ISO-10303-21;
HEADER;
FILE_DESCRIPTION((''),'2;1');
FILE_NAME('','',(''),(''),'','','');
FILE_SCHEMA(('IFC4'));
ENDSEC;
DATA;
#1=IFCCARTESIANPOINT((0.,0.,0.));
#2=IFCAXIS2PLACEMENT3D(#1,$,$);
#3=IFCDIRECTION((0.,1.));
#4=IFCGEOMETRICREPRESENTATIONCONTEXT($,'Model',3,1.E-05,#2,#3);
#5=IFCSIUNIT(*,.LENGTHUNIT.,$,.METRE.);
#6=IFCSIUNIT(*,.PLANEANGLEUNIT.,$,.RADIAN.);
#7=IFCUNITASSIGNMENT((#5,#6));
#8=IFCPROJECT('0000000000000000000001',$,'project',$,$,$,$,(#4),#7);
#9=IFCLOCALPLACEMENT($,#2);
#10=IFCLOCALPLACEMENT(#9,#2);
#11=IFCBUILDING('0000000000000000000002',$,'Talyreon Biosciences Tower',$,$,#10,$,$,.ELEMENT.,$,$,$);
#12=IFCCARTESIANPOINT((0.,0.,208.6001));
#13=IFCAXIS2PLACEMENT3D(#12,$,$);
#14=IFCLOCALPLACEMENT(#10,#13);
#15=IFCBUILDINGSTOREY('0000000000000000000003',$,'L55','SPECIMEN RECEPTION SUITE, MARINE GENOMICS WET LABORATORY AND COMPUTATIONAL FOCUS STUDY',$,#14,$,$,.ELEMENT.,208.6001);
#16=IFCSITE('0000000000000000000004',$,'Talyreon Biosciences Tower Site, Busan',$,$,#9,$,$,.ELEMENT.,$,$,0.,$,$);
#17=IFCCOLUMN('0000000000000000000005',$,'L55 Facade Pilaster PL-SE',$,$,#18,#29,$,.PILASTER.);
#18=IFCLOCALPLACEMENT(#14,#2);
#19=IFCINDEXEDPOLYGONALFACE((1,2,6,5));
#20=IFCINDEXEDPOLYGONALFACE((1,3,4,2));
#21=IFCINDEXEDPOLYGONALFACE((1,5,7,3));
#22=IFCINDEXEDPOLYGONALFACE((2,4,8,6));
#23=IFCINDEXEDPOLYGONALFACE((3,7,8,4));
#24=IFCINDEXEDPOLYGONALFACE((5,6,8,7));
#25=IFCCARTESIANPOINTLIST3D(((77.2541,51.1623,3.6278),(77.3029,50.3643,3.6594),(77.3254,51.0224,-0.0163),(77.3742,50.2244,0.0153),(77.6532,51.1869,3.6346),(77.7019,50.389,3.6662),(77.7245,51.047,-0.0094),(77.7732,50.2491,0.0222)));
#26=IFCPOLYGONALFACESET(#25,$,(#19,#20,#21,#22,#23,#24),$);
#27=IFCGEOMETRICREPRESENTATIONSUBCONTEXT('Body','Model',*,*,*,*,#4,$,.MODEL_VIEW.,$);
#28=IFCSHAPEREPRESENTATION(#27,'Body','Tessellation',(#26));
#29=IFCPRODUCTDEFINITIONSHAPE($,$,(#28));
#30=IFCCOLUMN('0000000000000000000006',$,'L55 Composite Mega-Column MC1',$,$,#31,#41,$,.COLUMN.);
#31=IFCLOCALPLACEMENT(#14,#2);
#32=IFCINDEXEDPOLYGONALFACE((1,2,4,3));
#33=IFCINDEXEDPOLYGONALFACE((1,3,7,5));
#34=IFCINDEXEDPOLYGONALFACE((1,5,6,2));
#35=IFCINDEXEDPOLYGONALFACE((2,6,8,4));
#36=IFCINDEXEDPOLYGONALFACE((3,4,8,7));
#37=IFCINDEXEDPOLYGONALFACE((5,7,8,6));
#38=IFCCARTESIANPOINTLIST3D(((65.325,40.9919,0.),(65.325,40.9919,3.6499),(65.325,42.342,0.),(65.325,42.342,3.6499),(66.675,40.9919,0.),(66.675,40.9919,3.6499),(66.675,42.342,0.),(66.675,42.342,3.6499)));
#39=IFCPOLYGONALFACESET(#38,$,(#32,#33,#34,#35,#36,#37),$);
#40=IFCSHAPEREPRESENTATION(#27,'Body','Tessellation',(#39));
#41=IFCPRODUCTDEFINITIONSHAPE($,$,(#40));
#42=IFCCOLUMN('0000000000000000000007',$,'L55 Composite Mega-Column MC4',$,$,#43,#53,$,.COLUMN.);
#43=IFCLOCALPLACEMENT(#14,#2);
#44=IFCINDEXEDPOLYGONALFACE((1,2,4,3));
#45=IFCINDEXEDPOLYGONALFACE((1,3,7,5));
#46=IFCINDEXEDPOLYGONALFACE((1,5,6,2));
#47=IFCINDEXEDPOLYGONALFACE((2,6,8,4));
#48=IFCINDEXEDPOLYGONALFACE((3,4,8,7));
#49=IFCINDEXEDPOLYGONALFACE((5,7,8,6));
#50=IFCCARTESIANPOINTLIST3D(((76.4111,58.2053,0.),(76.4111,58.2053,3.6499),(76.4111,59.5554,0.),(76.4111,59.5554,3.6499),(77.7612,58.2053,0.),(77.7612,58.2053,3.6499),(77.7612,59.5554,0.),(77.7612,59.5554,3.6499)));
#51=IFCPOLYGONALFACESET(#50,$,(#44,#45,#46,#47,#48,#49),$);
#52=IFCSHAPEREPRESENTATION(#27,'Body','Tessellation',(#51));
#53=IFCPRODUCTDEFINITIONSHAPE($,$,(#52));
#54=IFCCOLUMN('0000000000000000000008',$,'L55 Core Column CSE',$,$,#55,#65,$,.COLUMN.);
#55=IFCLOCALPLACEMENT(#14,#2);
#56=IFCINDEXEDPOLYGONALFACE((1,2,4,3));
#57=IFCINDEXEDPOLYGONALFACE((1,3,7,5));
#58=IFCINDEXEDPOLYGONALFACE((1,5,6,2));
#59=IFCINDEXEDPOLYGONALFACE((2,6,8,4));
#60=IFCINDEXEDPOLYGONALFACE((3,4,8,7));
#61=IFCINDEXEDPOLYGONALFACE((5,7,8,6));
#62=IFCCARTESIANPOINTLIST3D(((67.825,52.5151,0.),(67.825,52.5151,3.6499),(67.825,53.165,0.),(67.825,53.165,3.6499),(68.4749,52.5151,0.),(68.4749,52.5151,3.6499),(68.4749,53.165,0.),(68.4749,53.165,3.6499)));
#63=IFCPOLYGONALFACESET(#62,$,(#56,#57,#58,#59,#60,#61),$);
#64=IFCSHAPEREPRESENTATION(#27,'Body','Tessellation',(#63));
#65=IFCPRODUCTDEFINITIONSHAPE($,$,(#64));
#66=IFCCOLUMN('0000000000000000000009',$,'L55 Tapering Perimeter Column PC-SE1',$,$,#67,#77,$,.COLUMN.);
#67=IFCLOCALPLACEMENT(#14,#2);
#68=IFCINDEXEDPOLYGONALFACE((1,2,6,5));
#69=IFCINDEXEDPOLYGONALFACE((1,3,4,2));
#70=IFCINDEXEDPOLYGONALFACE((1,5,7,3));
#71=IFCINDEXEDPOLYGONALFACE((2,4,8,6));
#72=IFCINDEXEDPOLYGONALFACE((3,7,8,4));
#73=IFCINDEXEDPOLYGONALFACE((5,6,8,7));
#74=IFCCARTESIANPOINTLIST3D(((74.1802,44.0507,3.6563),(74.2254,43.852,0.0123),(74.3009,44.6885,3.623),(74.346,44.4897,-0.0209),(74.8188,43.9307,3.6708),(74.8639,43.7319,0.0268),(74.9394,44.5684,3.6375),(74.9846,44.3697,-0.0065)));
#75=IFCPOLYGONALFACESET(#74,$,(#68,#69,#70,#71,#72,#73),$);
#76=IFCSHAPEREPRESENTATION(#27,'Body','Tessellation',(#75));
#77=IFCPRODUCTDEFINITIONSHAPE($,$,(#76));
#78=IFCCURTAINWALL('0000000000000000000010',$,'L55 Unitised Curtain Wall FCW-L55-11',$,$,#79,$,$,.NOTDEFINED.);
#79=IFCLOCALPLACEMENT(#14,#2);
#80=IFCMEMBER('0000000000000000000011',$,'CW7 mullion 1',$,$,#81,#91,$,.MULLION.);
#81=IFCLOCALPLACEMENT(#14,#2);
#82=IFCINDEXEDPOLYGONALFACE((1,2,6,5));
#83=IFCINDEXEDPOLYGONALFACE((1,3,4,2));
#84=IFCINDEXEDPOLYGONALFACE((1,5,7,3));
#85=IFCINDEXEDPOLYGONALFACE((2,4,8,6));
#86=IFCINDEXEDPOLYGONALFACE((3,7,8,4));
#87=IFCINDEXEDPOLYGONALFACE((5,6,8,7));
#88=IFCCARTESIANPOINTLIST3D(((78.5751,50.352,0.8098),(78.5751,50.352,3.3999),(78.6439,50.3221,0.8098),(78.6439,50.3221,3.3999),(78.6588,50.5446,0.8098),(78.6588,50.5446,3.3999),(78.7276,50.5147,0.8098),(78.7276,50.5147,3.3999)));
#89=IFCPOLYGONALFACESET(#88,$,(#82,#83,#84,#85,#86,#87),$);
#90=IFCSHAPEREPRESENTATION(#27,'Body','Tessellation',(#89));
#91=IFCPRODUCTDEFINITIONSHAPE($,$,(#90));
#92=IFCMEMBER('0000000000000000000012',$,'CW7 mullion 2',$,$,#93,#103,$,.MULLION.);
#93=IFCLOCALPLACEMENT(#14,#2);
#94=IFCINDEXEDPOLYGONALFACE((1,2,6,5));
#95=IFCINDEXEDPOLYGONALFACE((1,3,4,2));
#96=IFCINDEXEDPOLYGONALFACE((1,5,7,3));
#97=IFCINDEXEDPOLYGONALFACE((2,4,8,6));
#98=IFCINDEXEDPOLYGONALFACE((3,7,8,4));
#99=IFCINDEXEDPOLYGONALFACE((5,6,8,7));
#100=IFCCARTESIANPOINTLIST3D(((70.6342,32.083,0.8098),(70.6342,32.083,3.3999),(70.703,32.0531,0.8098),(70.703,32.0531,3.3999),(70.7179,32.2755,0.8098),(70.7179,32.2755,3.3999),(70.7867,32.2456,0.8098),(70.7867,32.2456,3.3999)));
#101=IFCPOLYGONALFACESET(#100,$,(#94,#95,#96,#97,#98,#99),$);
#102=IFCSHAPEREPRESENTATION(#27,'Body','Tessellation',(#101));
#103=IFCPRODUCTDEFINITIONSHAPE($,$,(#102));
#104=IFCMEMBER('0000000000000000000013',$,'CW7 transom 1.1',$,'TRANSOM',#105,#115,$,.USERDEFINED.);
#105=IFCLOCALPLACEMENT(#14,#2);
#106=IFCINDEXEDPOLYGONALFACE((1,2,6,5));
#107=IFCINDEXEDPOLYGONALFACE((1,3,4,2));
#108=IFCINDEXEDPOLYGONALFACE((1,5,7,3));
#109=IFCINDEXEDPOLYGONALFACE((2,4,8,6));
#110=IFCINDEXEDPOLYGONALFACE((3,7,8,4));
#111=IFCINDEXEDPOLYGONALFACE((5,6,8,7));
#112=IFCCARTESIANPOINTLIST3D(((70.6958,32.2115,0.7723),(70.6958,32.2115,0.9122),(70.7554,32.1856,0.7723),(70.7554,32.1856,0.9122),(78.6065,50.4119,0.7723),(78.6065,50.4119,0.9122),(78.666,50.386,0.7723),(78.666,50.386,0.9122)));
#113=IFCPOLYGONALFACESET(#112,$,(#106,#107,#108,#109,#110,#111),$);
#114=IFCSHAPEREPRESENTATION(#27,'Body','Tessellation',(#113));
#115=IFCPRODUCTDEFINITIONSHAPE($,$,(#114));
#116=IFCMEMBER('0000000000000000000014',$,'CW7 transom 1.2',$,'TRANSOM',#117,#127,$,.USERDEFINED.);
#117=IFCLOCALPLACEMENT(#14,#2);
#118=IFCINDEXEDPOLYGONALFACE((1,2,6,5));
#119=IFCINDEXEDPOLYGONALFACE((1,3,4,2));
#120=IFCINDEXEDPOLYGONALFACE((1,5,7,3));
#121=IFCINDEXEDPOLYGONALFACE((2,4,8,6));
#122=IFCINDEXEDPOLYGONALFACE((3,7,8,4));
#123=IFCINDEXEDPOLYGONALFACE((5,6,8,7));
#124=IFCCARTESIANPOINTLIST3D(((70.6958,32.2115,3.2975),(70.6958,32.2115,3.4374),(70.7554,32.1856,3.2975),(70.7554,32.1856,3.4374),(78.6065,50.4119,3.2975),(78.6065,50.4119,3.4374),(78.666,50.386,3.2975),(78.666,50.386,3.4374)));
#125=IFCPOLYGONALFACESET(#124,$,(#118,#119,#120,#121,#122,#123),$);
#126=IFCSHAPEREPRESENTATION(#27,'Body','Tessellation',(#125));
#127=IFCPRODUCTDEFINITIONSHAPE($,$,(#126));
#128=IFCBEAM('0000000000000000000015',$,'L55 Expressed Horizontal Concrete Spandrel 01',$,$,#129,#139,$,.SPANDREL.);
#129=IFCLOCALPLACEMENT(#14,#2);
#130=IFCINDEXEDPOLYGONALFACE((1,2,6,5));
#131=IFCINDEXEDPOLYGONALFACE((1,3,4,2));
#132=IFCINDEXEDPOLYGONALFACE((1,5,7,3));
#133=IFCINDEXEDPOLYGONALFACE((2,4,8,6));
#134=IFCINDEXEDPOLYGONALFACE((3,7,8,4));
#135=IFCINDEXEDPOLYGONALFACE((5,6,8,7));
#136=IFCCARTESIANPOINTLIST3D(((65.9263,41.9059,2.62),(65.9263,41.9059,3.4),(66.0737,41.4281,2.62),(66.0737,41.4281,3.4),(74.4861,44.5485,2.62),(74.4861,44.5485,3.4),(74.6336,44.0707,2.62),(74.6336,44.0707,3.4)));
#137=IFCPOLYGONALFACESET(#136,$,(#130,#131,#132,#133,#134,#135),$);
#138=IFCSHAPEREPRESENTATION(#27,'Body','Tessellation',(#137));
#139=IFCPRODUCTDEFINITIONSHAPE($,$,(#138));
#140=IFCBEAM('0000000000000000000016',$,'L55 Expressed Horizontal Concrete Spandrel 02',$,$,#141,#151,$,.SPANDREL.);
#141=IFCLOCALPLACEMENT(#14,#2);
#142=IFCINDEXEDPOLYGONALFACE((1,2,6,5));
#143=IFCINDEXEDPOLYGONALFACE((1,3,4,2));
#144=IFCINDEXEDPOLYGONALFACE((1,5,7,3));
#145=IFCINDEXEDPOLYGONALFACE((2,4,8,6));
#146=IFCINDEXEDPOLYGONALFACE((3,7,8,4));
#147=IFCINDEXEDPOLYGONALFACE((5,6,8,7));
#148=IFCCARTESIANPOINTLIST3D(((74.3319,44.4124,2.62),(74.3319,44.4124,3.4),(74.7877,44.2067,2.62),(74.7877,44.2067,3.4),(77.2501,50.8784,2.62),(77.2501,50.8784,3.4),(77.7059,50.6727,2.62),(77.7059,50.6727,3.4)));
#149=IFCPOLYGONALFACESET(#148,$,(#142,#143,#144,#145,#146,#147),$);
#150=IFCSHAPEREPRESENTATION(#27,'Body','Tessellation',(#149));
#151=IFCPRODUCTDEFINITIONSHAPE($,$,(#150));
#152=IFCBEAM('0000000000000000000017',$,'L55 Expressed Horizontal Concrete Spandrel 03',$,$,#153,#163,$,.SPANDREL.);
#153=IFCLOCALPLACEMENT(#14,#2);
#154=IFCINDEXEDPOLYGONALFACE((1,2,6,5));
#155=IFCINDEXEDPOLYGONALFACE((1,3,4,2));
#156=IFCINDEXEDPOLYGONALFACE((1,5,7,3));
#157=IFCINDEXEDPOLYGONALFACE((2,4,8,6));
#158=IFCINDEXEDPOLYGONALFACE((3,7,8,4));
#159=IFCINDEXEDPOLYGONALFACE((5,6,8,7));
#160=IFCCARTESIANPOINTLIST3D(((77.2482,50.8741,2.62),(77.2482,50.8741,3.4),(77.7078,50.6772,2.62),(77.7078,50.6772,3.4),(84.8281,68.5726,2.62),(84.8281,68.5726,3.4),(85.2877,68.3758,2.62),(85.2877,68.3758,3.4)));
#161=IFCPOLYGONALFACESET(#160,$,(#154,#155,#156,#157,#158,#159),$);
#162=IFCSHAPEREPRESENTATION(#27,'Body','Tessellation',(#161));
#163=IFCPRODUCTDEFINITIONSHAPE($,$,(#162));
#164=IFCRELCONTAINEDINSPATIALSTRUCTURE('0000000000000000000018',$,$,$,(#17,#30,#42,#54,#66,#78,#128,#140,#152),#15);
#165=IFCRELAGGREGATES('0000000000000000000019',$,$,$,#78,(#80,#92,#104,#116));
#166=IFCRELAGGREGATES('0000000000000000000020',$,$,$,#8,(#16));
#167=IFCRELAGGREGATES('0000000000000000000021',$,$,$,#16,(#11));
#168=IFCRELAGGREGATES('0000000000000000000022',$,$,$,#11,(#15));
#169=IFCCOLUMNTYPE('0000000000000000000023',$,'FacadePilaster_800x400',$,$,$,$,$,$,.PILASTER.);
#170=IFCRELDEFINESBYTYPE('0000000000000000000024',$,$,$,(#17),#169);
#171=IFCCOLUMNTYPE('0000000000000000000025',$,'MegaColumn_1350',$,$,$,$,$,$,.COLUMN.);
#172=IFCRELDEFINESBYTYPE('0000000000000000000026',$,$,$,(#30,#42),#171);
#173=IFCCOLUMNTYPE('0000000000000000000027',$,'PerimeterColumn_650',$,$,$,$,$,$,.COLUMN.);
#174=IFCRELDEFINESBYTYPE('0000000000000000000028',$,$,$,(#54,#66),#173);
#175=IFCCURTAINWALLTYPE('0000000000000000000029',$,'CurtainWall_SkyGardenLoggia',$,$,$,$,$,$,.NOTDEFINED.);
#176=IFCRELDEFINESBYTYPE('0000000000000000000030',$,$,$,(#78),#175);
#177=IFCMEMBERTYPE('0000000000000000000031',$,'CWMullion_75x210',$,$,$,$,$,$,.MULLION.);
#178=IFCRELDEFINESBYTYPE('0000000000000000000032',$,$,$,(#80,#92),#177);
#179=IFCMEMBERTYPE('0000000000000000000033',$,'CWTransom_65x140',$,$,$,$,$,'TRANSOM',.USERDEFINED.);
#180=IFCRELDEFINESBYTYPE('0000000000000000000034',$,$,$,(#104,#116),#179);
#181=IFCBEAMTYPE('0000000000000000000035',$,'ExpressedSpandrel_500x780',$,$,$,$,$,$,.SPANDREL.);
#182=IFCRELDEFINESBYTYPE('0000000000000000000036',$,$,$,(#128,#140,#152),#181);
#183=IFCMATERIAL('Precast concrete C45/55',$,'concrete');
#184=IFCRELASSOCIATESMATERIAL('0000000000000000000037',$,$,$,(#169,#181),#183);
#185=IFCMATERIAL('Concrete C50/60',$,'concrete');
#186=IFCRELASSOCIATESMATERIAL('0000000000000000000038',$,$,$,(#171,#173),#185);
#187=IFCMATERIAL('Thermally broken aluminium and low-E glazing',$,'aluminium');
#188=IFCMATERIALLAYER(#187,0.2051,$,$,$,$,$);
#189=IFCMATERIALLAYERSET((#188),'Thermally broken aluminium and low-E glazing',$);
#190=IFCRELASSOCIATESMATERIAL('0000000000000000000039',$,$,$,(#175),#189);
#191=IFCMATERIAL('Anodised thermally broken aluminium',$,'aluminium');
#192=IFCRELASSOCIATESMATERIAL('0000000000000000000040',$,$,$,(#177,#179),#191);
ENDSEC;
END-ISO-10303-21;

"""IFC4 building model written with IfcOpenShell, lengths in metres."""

from ifc_helpers import new_model, si_unit, direction, frame, origin, origin_2d, place, context, subcontext, project, spatial, rectangle, extrude, material, layer, layer_set, material_profile, profile_set, type_object, element, aggregate, save


model = new_model("IFC4")

# Units and contexts
model_context = context("Model", 3, precision=1e-05, world=origin(), true_north=direction((0.0, 1.0)))
body_context = subcontext(model_context, "Body", "Model", "MODEL_VIEW")
ifc_project = project(units=[si_unit("LENGTHUNIT", "METRE"), si_unit("PLANEANGLEUNIT", "RADIAN")], contexts=[model_context])

# Site, building, storey
site_placement = place(None, origin())
site = spatial("IfcSite", under=ifc_project, at=site_placement, Name="Talyreon Biosciences Tower Site, Busan", CompositionType="ELEMENT", RefElevation=0.0)
building_placement = place(site_placement, origin())
building = spatial("IfcBuilding", under=site, at=building_placement, Name="Talyreon Biosciences Tower", CompositionType="ELEMENT")
storey_placement = place(building_placement, frame((0.0, 0.0, 208.6001)))
storey = spatial("IfcBuildingStorey", under=building, at=storey_placement, Name="L55", Description="SPECIMEN RECEPTION SUITE, MARINE GENOMICS WET LABORATORY AND COMPUTATIONAL FOCUS STUDY", CompositionType="ELEMENT", Elevation=208.6001)

# Columns
ifc_material_1 = material(Name="Precast concrete C45/55", Category="concrete")
ifc_material_profile_1 = material_profile(ifc_material_1, rectangle(XDim=0.8, YDim=0.3999, at=origin_2d()), Name="RC 800x400")
ifc_profile_set_1 = profile_set([ifc_material_profile_1], Name="Precast concrete C45/55")
column_type_1 = type_object("IfcColumnType", Name="FacadePilaster_800x400", PredefinedType="PILASTER", material=ifc_profile_set_1)
column_1_placement = place(storey_placement, frame((77.5493, 50.6357, 0.0029), z_axis=(-0.019545, 0.038354, 0.999073), x_axis=(0.060947, -0.99736, 0.03948)))
element("IfcColumn", 1, at=column_1_placement, inside=storey, type_object=column_type_1, Name="L55 Facade Pilaster PL-SE", PredefinedType="PILASTER", context=body_context, shape_type="SweptSolid", body=[
    extrude(rectangle(XDim=0.8, YDim=0.3999, at=origin_2d()), origin(), (0.0, 0.0, 1.0), 3.6475),
])
ifc_material_2 = material(Name="Concrete C50/60", Category="concrete")
ifc_material_profile_2 = material_profile(ifc_material_2, rectangle(XDim=1.3501, YDim=1.3501, at=origin_2d()), Name="RC 1350x1350")
ifc_profile_set_2 = profile_set([ifc_material_profile_2], Name="Concrete C50/60")
column_type_2 = type_object("IfcColumnType", Name="MegaColumn_1350", PredefinedType="COLUMN", material=ifc_profile_set_2)
for number, where, z_axis, x_axis, name in (
    (2, (66.0, 41.667, 0.0), (0.0, 0.0, 1.0), (1.0, 0.0, 0.0), "L55 Composite Mega-Column MC1"),
    (3, (77.0862, 58.8804, 0.0), (0.0, 0.0, 1.0), (1.0, 0.0, 0.0), "L55 Composite Mega-Column MC4"),
):
    element("IfcColumn", number, at=place(storey_placement, frame(where, z_axis=z_axis, x_axis=x_axis)), inside=storey, type_object=column_type_2, Name=name, PredefinedType="COLUMN", context=body_context, shape_type="SweptSolid", body=[
        extrude(rectangle(XDim=1.3501, YDim=1.3501, at=origin_2d()), origin(), (0.0, 0.0, 1.0), 3.6499),
    ])
ifc_material_profile_3 = material_profile(ifc_material_2, rectangle(XDim=0.6499, YDim=0.6499, at=origin_2d()), Name="RC 650x650")
ifc_profile_set_3 = profile_set([ifc_material_profile_3], Name="Concrete C50/60")
column_type_3 = type_object("IfcColumnType", Name="PerimeterColumn_650", PredefinedType="COLUMN", material=ifc_profile_set_3)
column_2_placement = place(storey_placement, frame((68.1499, 52.8401, 0.0), z_axis=(0.0, 0.0, 1.0), x_axis=(1.0, 0.0, 0.0)))
element("IfcColumn", 4, at=column_2_placement, inside=storey, type_object=column_type_3, Name="L55 Core Column CSE", PredefinedType="COLUMN", context=body_context, shape_type="SweptSolid", body=[
    extrude(rectangle(XDim=0.6499, YDim=0.6499, at=origin_2d()), origin(), (0.0, 0.0, 1.0), 3.6499),
])
column_3_placement = place(storey_placement, frame((74.605, 44.1108, 0.0029), z_axis=(-0.012375, 0.054451, 0.99844), x_axis=(-0.185688, -0.981273, 0.051213)))
element("IfcColumn", 5, at=column_3_placement, inside=storey, type_object=column_type_3, Name="L55 Tapering Perimeter Column PC-SE1", PredefinedType="COLUMN", context=body_context, shape_type="SweptSolid", body=[
    extrude(rectangle(XDim=0.6499, YDim=0.6499, at=origin_2d()), origin(), (0.0, 0.0, 1.0), 3.6497),
])

# Curtain wall, members
ifc_material_3 = material(Name="Thermally broken aluminium and low-E glazing", Category="aluminium")
ifc_layer_1 = layer(ifc_material_3, 0.2051)
ifc_layer_set_1 = layer_set([ifc_layer_1], Name="Thermally broken aluminium and low-E glazing")
curtain_wall_type = type_object("IfcCurtainWallType", Name="CurtainWall_SkyGardenLoggia", PredefinedType="NOTDEFINED", material=ifc_layer_set_1)
curtain_wall_placement = place(storey_placement, origin())
curtain_wall = element("IfcCurtainWall", 6, at=curtain_wall_placement, inside=storey, type_object=curtain_wall_type, Name="L55 Unitised Curtain Wall FCW-L55-11", PredefinedType="NOTDEFINED")
ifc_material_4 = material(Name="Anodised thermally broken aluminium", Category="aluminium")
ifc_material_profile_4 = material_profile(ifc_material_4, rectangle(XDim=0.075, YDim=0.21, at=origin_2d()), Name="ALUM MULLION 75x210")
ifc_profile_set_4 = profile_set([ifc_material_profile_4], Name="Anodised thermally broken aluminium")
member_type_1 = type_object("IfcMemberType", Name="CWMullion_75x210", PredefinedType="MULLION", material=ifc_profile_set_4)
member_1_placement = place(storey_placement, frame((78.6514, 50.4333, 0.8098), z_axis=(0.0, 0.0, 1.0), x_axis=(0.917114, -0.398625, 0.0)))
member_1 = element("IfcMember", 7, at=member_1_placement, type_object=member_type_1, Name="CW7 mullion 1", PredefinedType="MULLION", context=body_context, shape_type="SweptSolid", body=[
    extrude(rectangle(XDim=0.075, YDim=0.21, at=origin_2d()), origin(), (0.0, 0.0, 1.0), 2.5901),
])
member_2_placement = place(storey_placement, frame((70.7104, 32.1643, 0.8098), z_axis=(0.0, 0.0, 1.0), x_axis=(0.917114, -0.398625, 0.0)))
member_2 = element("IfcMember", 8, at=member_2_placement, type_object=member_type_1, Name="CW7 mullion 2", PredefinedType="MULLION", context=body_context, shape_type="SweptSolid", body=[
    extrude(rectangle(XDim=0.075, YDim=0.21, at=origin_2d()), origin(), (0.0, 0.0, 1.0), 2.5901),
])
ifc_material_profile_5 = material_profile(ifc_material_4, rectangle(XDim=0.0649, YDim=0.1399, at=origin_2d()), Name="ALUM TRANSOM 65x140")
ifc_profile_set_5 = profile_set([ifc_material_profile_5], Name="Anodised thermally broken aluminium")
member_type_2 = type_object("IfcMemberType", Name="CWTransom_65x140", ElementType="TRANSOM", PredefinedType="USERDEFINED", material=ifc_profile_set_5)
member_3_placement = place(storey_placement, frame((78.6362, 50.3989, 0.8423), z_axis=(-0.398616, -0.917118, 0.0), x_axis=(0.917118, -0.398616, 0.0)))
member_3 = element("IfcMember", 9, at=member_3_placement, type_object=member_type_2, Name="CW7 transom 1.1", ObjectType="TRANSOM", PredefinedType="USERDEFINED", context=body_context, shape_type="SweptSolid", body=[
    extrude(rectangle(XDim=0.0649, YDim=0.1399, at=origin_2d()), origin(), (0.0, 0.0, 1.0), 19.8452),
])
member_4_placement = place(storey_placement, frame((78.6362, 50.3989, 3.3674), z_axis=(-0.398616, -0.917118, 0.0), x_axis=(0.917118, -0.398616, 0.0)))
member_4 = element("IfcMember", 10, at=member_4_placement, type_object=member_type_2, Name="CW7 transom 1.2", ObjectType="TRANSOM", PredefinedType="USERDEFINED", context=body_context, shape_type="SweptSolid", body=[
    extrude(rectangle(XDim=0.0649, YDim=0.1399, at=origin_2d()), origin(), (0.0, 0.0, 1.0), 19.8452),
])

# Beams
ifc_material_profile_6 = material_profile(ifc_material_1, rectangle(XDim=0.5, YDim=0.78, at=origin_2d()), Name="RCB 500x780")
ifc_profile_set_6 = profile_set([ifc_material_profile_6], Name="Precast concrete C45/55")
beam_type_1 = type_object("IfcBeamType", Name="ExpressedSpandrel_500x780", PredefinedType="SPANDREL", material=ifc_profile_set_6)
beam_1_placement = place(storey_placement, frame((66.0, 41.667, 3.01), z_axis=(0.955503, 0.294982, 0.0), x_axis=(-0.294982, 0.955503, 0.0)))
element("IfcBeam", 11, at=beam_1_placement, inside=storey, type_object=beam_type_1, Name="L55 Expressed Horizontal Concrete Spandrel 01", PredefinedType="SPANDREL", context=body_context, shape_type="SweptSolid", body=[
    extrude(rectangle(XDim=0.5, YDim=0.78, at=origin_2d()), origin(), (0.0, 0.0, 1.0), 8.9585),
])
beam_2_placement = place(storey_placement, frame((74.5598, 44.3096, 3.01), z_axis=(0.411359, 0.911473, 0.0), x_axis=(-0.911473, 0.411359, 0.0)))
element("IfcBeam", 12, at=beam_2_placement, inside=storey, type_object=beam_type_1, Name="L55 Expressed Horizontal Concrete Spandrel 02", PredefinedType="SPANDREL", context=body_context, shape_type="SweptSolid", body=[
    extrude(rectangle(XDim=0.5, YDim=0.78, at=origin_2d()), origin(), (0.0, 0.0, 1.0), 7.094),
])
beam_3_placement = place(storey_placement, frame((77.478, 50.7756, 3.01), z_axis=(0.39369, 0.919243, 0.0), x_axis=(-0.919243, 0.39369, 0.0)))
element("IfcBeam", 13, at=beam_3_placement, inside=storey, type_object=beam_type_1, Name="L55 Expressed Horizontal Concrete Spandrel 03", PredefinedType="SPANDREL", context=body_context, shape_type="SweptSolid", body=[
    extrude(rectangle(XDim=0.5, YDim=0.78, at=origin_2d()), origin(), (0.0, 0.0, 1.0), 19.2534),
])

aggregate(curtain_wall, [member_1, member_2, member_3, member_4])

save(model, "model.ifc")
